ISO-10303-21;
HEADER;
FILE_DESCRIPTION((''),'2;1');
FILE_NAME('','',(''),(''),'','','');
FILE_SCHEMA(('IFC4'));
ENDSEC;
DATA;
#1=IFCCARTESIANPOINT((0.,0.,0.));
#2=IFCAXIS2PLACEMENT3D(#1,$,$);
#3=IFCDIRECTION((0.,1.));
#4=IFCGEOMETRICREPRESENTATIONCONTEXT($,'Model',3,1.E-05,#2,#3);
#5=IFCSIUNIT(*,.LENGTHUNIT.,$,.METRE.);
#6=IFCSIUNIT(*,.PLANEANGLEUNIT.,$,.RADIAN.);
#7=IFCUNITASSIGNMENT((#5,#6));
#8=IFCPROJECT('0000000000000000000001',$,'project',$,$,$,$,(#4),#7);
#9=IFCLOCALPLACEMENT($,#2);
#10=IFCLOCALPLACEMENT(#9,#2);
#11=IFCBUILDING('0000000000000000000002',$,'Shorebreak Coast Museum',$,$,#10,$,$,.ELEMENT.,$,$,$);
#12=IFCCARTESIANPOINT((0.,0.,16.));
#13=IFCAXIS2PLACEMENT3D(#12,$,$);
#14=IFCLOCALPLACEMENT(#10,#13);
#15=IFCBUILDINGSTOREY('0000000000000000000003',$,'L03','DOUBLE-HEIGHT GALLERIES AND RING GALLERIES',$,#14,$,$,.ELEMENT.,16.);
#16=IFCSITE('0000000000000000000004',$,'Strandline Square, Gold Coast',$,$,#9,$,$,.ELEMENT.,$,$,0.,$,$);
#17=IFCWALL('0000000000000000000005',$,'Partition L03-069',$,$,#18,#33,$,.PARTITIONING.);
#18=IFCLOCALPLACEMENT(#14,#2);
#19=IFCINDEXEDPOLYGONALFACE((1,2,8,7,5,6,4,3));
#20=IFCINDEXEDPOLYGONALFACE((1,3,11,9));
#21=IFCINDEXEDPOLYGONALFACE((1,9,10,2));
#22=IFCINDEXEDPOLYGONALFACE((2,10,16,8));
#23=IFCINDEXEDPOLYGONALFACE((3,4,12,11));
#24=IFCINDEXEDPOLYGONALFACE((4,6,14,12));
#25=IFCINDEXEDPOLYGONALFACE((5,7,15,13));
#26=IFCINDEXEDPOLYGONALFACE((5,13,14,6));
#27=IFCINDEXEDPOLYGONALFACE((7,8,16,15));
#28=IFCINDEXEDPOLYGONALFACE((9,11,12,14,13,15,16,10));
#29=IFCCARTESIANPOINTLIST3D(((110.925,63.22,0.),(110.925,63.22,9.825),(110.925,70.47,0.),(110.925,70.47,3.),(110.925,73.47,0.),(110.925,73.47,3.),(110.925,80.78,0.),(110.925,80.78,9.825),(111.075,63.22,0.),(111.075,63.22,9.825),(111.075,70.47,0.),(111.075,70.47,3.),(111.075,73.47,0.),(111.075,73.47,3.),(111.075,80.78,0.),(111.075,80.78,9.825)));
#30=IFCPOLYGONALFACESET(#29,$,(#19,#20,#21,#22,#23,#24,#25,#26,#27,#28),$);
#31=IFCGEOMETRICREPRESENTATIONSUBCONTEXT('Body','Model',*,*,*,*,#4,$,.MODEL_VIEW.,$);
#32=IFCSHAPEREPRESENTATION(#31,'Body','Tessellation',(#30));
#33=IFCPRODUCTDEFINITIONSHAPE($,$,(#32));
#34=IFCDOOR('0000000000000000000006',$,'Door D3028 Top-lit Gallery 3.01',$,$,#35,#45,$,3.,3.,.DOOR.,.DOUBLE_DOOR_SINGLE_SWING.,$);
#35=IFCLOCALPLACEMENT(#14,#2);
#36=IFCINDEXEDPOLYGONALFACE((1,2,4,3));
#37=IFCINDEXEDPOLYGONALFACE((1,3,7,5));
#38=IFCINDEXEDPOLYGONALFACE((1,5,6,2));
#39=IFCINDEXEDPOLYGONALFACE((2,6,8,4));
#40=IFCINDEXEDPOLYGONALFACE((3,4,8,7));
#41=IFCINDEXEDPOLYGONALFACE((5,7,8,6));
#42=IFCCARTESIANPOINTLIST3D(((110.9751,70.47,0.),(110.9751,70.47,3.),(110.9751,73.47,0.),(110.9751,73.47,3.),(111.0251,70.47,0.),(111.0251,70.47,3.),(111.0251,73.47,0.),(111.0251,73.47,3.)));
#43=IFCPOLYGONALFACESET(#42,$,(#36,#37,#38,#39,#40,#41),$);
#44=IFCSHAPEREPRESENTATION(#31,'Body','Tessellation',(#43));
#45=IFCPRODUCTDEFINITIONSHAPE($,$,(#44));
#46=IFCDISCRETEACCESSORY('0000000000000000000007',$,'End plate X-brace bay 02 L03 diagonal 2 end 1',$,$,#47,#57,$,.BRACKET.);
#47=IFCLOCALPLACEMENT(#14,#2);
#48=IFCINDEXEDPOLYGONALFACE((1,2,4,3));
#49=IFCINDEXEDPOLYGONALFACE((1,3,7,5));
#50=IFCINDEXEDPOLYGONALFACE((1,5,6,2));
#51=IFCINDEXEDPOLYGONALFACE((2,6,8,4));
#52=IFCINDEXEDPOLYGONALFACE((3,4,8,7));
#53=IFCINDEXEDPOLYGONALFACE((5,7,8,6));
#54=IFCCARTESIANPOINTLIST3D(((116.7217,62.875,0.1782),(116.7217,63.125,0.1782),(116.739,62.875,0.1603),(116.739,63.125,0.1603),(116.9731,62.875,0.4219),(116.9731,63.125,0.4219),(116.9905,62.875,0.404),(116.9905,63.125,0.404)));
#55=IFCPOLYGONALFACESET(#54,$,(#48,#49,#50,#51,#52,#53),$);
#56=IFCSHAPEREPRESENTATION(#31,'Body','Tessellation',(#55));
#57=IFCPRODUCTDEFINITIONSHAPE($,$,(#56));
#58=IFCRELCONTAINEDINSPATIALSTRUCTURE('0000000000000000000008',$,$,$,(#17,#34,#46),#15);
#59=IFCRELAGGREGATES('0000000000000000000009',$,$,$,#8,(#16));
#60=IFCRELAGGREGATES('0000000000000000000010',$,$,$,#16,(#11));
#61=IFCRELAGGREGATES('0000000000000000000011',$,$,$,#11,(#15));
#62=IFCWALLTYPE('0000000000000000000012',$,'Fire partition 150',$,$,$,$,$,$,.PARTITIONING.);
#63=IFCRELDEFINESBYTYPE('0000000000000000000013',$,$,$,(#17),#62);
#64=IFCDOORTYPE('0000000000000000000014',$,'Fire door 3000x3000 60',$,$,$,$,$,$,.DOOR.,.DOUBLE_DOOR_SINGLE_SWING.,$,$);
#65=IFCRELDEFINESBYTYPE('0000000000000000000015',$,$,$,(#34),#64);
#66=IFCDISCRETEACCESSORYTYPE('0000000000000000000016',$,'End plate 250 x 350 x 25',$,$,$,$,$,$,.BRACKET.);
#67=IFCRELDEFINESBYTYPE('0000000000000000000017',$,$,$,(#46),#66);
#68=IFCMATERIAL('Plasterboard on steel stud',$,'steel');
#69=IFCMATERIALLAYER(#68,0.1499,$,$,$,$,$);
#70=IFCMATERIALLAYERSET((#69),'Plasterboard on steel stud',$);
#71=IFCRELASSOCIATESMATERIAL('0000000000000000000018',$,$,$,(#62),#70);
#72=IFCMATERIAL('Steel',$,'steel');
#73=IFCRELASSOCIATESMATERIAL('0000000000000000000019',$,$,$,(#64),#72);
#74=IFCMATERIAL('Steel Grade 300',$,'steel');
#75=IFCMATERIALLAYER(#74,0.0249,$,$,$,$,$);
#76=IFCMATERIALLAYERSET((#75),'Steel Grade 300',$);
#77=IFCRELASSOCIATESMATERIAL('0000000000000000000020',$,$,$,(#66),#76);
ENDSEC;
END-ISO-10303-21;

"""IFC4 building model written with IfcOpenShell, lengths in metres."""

from ifc_helpers import new_model, si_unit, direction, frame, frame_2d, origin, place, context, subcontext, project, spatial, polyline, rectangle, outline, extrude, material, layer, layer_set, type_object, element, fill, save


model = new_model("IFC4")

# Units and contexts
model_context = context("Model", 3, precision=1e-05, world=origin(), true_north=direction((0.0, 1.0)))
body_context = subcontext(model_context, "Body", "Model", "MODEL_VIEW")
ifc_project = project(units=[si_unit("LENGTHUNIT", "METRE"), si_unit("PLANEANGLEUNIT", "RADIAN")], contexts=[model_context])

# Site, building, storey
site_placement = place(None, origin())
site = spatial("IfcSite", under=ifc_project, at=site_placement, Name="Strandline Square, Gold Coast", CompositionType="ELEMENT", RefElevation=0.0)
building_placement = place(site_placement, origin())
building = spatial("IfcBuilding", under=site, at=building_placement, Name="Shorebreak Coast Museum", CompositionType="ELEMENT")
storey_placement = place(building_placement, frame((0.0, 0.0, 16.0)))
storey = spatial("IfcBuildingStorey", under=building, at=storey_placement, Name="L03", Description="DOUBLE-HEIGHT GALLERIES AND RING GALLERIES", CompositionType="ELEMENT", Elevation=16.0)

# Wall, opening, door
ifc_material_1 = material(Name="Plasterboard on steel stud", Category="steel")
ifc_layer_1 = layer(ifc_material_1, 0.1499)
ifc_layer_set_1 = layer_set([ifc_layer_1], Name="Plasterboard on steel stud")
wall_type = type_object("IfcWallType", Name="Fire partition 150", PredefinedType="PARTITIONING", material=ifc_layer_set_1)
wall_placement = place(storey_placement, frame((111.0, 63.22, 0.0), z_axis=(0.0, 0.0, 1.0), x_axis=(0.0, 1.0, 0.0)))
wall = element("IfcWall", 1, at=wall_placement, inside=storey, type_object=wall_type, Name="Partition L03-069", PredefinedType="PARTITIONING", context=body_context, shape_type="SweptSolid", body=[
    extrude(rectangle(XDim=17.5601, YDim=0.1499, at=frame_2d((8.78, 0.0))), origin(), (0.0, 0.0, 1.0), 9.825),
])
opening_placement = place(wall_placement, frame((7.25, 0.0, 0.0)))
opening = element("IfcOpeningElement", 2, at=opening_placement, cuts=wall, PredefinedType="OPENING", context=body_context, shape_type="SweptSolid", body=[
    extrude(rectangle(XDim=3.0, YDim=3.0, at=frame_2d((1.5, 1.5))), frame((0.0, 0.085, 0.0), z_axis=(0.0, -1.0, 0.0), x_axis=(1.0, 0.0, 0.0)), (0.0, 0.0, 1.0), 0.1699),
])
ifc_material_2 = material(Name="Steel", Category="steel")
door_type = type_object("IfcDoorType", Name="Fire door 3000x3000 60", OperationType="DOUBLE_DOOR_SINGLE_SWING", PredefinedType="DOOR", material=ifc_material_2)
door_placement = place(opening_placement, origin())
door = element("IfcDoor", 3, at=door_placement, inside=storey, type_object=door_type, Name="Door D3028 Top-lit Gallery 3.01", OperationType="DOUBLE_DOOR_SINGLE_SWING", OverallHeight=3.0, OverallWidth=3.0, PredefinedType="DOOR", context=body_context, shape_type="SweptSolid", body=[
    extrude(rectangle(XDim=3.0, YDim=3.0, at=frame_2d((1.5, 1.5))), frame((0.0, 0.0249, 0.0), z_axis=(0.0, -1.0, 0.0), x_axis=(1.0, 0.0, 0.0)), (0.0, 0.0, 1.0), 0.05),
])
fill(opening, door)

# Discrete accessory
ifc_material_3 = material(Name="Steel Grade 300", Category="steel")
ifc_layer_2 = layer(ifc_material_3, 0.0249)
ifc_layer_set_2 = layer_set([ifc_layer_2], Name="Steel Grade 300")
discrete_accessory_type = type_object("IfcDiscreteAccessoryType", Name="End plate 250 x 350 x 25", PredefinedType="BRACKET", material=ifc_layer_set_2)
discrete_accessory_placement = place(storey_placement, frame((116.7217, 63.125, 0.1782), z_axis=(-0.695863, 0.0, 0.718175), x_axis=(0.0, -1.0, 0.0)))
element("IfcDiscreteAccessory", 4, at=discrete_accessory_placement, inside=storey, type_object=discrete_accessory_type, Name="End plate X-brace bay 02 L03 diagonal 2 end 1", PredefinedType="BRACKET", context=body_context, shape_type="SweptSolid", body=[
    extrude(outline(polyline([(0.0, 0.0), (0.25, 0.0), (0.25, 0.3501), (0.0, 0.3501), (0.0, 0.0)])), origin(), (0.0, 0.0, -1.0), 0.0249),
])

save(model, "model.ifc")
